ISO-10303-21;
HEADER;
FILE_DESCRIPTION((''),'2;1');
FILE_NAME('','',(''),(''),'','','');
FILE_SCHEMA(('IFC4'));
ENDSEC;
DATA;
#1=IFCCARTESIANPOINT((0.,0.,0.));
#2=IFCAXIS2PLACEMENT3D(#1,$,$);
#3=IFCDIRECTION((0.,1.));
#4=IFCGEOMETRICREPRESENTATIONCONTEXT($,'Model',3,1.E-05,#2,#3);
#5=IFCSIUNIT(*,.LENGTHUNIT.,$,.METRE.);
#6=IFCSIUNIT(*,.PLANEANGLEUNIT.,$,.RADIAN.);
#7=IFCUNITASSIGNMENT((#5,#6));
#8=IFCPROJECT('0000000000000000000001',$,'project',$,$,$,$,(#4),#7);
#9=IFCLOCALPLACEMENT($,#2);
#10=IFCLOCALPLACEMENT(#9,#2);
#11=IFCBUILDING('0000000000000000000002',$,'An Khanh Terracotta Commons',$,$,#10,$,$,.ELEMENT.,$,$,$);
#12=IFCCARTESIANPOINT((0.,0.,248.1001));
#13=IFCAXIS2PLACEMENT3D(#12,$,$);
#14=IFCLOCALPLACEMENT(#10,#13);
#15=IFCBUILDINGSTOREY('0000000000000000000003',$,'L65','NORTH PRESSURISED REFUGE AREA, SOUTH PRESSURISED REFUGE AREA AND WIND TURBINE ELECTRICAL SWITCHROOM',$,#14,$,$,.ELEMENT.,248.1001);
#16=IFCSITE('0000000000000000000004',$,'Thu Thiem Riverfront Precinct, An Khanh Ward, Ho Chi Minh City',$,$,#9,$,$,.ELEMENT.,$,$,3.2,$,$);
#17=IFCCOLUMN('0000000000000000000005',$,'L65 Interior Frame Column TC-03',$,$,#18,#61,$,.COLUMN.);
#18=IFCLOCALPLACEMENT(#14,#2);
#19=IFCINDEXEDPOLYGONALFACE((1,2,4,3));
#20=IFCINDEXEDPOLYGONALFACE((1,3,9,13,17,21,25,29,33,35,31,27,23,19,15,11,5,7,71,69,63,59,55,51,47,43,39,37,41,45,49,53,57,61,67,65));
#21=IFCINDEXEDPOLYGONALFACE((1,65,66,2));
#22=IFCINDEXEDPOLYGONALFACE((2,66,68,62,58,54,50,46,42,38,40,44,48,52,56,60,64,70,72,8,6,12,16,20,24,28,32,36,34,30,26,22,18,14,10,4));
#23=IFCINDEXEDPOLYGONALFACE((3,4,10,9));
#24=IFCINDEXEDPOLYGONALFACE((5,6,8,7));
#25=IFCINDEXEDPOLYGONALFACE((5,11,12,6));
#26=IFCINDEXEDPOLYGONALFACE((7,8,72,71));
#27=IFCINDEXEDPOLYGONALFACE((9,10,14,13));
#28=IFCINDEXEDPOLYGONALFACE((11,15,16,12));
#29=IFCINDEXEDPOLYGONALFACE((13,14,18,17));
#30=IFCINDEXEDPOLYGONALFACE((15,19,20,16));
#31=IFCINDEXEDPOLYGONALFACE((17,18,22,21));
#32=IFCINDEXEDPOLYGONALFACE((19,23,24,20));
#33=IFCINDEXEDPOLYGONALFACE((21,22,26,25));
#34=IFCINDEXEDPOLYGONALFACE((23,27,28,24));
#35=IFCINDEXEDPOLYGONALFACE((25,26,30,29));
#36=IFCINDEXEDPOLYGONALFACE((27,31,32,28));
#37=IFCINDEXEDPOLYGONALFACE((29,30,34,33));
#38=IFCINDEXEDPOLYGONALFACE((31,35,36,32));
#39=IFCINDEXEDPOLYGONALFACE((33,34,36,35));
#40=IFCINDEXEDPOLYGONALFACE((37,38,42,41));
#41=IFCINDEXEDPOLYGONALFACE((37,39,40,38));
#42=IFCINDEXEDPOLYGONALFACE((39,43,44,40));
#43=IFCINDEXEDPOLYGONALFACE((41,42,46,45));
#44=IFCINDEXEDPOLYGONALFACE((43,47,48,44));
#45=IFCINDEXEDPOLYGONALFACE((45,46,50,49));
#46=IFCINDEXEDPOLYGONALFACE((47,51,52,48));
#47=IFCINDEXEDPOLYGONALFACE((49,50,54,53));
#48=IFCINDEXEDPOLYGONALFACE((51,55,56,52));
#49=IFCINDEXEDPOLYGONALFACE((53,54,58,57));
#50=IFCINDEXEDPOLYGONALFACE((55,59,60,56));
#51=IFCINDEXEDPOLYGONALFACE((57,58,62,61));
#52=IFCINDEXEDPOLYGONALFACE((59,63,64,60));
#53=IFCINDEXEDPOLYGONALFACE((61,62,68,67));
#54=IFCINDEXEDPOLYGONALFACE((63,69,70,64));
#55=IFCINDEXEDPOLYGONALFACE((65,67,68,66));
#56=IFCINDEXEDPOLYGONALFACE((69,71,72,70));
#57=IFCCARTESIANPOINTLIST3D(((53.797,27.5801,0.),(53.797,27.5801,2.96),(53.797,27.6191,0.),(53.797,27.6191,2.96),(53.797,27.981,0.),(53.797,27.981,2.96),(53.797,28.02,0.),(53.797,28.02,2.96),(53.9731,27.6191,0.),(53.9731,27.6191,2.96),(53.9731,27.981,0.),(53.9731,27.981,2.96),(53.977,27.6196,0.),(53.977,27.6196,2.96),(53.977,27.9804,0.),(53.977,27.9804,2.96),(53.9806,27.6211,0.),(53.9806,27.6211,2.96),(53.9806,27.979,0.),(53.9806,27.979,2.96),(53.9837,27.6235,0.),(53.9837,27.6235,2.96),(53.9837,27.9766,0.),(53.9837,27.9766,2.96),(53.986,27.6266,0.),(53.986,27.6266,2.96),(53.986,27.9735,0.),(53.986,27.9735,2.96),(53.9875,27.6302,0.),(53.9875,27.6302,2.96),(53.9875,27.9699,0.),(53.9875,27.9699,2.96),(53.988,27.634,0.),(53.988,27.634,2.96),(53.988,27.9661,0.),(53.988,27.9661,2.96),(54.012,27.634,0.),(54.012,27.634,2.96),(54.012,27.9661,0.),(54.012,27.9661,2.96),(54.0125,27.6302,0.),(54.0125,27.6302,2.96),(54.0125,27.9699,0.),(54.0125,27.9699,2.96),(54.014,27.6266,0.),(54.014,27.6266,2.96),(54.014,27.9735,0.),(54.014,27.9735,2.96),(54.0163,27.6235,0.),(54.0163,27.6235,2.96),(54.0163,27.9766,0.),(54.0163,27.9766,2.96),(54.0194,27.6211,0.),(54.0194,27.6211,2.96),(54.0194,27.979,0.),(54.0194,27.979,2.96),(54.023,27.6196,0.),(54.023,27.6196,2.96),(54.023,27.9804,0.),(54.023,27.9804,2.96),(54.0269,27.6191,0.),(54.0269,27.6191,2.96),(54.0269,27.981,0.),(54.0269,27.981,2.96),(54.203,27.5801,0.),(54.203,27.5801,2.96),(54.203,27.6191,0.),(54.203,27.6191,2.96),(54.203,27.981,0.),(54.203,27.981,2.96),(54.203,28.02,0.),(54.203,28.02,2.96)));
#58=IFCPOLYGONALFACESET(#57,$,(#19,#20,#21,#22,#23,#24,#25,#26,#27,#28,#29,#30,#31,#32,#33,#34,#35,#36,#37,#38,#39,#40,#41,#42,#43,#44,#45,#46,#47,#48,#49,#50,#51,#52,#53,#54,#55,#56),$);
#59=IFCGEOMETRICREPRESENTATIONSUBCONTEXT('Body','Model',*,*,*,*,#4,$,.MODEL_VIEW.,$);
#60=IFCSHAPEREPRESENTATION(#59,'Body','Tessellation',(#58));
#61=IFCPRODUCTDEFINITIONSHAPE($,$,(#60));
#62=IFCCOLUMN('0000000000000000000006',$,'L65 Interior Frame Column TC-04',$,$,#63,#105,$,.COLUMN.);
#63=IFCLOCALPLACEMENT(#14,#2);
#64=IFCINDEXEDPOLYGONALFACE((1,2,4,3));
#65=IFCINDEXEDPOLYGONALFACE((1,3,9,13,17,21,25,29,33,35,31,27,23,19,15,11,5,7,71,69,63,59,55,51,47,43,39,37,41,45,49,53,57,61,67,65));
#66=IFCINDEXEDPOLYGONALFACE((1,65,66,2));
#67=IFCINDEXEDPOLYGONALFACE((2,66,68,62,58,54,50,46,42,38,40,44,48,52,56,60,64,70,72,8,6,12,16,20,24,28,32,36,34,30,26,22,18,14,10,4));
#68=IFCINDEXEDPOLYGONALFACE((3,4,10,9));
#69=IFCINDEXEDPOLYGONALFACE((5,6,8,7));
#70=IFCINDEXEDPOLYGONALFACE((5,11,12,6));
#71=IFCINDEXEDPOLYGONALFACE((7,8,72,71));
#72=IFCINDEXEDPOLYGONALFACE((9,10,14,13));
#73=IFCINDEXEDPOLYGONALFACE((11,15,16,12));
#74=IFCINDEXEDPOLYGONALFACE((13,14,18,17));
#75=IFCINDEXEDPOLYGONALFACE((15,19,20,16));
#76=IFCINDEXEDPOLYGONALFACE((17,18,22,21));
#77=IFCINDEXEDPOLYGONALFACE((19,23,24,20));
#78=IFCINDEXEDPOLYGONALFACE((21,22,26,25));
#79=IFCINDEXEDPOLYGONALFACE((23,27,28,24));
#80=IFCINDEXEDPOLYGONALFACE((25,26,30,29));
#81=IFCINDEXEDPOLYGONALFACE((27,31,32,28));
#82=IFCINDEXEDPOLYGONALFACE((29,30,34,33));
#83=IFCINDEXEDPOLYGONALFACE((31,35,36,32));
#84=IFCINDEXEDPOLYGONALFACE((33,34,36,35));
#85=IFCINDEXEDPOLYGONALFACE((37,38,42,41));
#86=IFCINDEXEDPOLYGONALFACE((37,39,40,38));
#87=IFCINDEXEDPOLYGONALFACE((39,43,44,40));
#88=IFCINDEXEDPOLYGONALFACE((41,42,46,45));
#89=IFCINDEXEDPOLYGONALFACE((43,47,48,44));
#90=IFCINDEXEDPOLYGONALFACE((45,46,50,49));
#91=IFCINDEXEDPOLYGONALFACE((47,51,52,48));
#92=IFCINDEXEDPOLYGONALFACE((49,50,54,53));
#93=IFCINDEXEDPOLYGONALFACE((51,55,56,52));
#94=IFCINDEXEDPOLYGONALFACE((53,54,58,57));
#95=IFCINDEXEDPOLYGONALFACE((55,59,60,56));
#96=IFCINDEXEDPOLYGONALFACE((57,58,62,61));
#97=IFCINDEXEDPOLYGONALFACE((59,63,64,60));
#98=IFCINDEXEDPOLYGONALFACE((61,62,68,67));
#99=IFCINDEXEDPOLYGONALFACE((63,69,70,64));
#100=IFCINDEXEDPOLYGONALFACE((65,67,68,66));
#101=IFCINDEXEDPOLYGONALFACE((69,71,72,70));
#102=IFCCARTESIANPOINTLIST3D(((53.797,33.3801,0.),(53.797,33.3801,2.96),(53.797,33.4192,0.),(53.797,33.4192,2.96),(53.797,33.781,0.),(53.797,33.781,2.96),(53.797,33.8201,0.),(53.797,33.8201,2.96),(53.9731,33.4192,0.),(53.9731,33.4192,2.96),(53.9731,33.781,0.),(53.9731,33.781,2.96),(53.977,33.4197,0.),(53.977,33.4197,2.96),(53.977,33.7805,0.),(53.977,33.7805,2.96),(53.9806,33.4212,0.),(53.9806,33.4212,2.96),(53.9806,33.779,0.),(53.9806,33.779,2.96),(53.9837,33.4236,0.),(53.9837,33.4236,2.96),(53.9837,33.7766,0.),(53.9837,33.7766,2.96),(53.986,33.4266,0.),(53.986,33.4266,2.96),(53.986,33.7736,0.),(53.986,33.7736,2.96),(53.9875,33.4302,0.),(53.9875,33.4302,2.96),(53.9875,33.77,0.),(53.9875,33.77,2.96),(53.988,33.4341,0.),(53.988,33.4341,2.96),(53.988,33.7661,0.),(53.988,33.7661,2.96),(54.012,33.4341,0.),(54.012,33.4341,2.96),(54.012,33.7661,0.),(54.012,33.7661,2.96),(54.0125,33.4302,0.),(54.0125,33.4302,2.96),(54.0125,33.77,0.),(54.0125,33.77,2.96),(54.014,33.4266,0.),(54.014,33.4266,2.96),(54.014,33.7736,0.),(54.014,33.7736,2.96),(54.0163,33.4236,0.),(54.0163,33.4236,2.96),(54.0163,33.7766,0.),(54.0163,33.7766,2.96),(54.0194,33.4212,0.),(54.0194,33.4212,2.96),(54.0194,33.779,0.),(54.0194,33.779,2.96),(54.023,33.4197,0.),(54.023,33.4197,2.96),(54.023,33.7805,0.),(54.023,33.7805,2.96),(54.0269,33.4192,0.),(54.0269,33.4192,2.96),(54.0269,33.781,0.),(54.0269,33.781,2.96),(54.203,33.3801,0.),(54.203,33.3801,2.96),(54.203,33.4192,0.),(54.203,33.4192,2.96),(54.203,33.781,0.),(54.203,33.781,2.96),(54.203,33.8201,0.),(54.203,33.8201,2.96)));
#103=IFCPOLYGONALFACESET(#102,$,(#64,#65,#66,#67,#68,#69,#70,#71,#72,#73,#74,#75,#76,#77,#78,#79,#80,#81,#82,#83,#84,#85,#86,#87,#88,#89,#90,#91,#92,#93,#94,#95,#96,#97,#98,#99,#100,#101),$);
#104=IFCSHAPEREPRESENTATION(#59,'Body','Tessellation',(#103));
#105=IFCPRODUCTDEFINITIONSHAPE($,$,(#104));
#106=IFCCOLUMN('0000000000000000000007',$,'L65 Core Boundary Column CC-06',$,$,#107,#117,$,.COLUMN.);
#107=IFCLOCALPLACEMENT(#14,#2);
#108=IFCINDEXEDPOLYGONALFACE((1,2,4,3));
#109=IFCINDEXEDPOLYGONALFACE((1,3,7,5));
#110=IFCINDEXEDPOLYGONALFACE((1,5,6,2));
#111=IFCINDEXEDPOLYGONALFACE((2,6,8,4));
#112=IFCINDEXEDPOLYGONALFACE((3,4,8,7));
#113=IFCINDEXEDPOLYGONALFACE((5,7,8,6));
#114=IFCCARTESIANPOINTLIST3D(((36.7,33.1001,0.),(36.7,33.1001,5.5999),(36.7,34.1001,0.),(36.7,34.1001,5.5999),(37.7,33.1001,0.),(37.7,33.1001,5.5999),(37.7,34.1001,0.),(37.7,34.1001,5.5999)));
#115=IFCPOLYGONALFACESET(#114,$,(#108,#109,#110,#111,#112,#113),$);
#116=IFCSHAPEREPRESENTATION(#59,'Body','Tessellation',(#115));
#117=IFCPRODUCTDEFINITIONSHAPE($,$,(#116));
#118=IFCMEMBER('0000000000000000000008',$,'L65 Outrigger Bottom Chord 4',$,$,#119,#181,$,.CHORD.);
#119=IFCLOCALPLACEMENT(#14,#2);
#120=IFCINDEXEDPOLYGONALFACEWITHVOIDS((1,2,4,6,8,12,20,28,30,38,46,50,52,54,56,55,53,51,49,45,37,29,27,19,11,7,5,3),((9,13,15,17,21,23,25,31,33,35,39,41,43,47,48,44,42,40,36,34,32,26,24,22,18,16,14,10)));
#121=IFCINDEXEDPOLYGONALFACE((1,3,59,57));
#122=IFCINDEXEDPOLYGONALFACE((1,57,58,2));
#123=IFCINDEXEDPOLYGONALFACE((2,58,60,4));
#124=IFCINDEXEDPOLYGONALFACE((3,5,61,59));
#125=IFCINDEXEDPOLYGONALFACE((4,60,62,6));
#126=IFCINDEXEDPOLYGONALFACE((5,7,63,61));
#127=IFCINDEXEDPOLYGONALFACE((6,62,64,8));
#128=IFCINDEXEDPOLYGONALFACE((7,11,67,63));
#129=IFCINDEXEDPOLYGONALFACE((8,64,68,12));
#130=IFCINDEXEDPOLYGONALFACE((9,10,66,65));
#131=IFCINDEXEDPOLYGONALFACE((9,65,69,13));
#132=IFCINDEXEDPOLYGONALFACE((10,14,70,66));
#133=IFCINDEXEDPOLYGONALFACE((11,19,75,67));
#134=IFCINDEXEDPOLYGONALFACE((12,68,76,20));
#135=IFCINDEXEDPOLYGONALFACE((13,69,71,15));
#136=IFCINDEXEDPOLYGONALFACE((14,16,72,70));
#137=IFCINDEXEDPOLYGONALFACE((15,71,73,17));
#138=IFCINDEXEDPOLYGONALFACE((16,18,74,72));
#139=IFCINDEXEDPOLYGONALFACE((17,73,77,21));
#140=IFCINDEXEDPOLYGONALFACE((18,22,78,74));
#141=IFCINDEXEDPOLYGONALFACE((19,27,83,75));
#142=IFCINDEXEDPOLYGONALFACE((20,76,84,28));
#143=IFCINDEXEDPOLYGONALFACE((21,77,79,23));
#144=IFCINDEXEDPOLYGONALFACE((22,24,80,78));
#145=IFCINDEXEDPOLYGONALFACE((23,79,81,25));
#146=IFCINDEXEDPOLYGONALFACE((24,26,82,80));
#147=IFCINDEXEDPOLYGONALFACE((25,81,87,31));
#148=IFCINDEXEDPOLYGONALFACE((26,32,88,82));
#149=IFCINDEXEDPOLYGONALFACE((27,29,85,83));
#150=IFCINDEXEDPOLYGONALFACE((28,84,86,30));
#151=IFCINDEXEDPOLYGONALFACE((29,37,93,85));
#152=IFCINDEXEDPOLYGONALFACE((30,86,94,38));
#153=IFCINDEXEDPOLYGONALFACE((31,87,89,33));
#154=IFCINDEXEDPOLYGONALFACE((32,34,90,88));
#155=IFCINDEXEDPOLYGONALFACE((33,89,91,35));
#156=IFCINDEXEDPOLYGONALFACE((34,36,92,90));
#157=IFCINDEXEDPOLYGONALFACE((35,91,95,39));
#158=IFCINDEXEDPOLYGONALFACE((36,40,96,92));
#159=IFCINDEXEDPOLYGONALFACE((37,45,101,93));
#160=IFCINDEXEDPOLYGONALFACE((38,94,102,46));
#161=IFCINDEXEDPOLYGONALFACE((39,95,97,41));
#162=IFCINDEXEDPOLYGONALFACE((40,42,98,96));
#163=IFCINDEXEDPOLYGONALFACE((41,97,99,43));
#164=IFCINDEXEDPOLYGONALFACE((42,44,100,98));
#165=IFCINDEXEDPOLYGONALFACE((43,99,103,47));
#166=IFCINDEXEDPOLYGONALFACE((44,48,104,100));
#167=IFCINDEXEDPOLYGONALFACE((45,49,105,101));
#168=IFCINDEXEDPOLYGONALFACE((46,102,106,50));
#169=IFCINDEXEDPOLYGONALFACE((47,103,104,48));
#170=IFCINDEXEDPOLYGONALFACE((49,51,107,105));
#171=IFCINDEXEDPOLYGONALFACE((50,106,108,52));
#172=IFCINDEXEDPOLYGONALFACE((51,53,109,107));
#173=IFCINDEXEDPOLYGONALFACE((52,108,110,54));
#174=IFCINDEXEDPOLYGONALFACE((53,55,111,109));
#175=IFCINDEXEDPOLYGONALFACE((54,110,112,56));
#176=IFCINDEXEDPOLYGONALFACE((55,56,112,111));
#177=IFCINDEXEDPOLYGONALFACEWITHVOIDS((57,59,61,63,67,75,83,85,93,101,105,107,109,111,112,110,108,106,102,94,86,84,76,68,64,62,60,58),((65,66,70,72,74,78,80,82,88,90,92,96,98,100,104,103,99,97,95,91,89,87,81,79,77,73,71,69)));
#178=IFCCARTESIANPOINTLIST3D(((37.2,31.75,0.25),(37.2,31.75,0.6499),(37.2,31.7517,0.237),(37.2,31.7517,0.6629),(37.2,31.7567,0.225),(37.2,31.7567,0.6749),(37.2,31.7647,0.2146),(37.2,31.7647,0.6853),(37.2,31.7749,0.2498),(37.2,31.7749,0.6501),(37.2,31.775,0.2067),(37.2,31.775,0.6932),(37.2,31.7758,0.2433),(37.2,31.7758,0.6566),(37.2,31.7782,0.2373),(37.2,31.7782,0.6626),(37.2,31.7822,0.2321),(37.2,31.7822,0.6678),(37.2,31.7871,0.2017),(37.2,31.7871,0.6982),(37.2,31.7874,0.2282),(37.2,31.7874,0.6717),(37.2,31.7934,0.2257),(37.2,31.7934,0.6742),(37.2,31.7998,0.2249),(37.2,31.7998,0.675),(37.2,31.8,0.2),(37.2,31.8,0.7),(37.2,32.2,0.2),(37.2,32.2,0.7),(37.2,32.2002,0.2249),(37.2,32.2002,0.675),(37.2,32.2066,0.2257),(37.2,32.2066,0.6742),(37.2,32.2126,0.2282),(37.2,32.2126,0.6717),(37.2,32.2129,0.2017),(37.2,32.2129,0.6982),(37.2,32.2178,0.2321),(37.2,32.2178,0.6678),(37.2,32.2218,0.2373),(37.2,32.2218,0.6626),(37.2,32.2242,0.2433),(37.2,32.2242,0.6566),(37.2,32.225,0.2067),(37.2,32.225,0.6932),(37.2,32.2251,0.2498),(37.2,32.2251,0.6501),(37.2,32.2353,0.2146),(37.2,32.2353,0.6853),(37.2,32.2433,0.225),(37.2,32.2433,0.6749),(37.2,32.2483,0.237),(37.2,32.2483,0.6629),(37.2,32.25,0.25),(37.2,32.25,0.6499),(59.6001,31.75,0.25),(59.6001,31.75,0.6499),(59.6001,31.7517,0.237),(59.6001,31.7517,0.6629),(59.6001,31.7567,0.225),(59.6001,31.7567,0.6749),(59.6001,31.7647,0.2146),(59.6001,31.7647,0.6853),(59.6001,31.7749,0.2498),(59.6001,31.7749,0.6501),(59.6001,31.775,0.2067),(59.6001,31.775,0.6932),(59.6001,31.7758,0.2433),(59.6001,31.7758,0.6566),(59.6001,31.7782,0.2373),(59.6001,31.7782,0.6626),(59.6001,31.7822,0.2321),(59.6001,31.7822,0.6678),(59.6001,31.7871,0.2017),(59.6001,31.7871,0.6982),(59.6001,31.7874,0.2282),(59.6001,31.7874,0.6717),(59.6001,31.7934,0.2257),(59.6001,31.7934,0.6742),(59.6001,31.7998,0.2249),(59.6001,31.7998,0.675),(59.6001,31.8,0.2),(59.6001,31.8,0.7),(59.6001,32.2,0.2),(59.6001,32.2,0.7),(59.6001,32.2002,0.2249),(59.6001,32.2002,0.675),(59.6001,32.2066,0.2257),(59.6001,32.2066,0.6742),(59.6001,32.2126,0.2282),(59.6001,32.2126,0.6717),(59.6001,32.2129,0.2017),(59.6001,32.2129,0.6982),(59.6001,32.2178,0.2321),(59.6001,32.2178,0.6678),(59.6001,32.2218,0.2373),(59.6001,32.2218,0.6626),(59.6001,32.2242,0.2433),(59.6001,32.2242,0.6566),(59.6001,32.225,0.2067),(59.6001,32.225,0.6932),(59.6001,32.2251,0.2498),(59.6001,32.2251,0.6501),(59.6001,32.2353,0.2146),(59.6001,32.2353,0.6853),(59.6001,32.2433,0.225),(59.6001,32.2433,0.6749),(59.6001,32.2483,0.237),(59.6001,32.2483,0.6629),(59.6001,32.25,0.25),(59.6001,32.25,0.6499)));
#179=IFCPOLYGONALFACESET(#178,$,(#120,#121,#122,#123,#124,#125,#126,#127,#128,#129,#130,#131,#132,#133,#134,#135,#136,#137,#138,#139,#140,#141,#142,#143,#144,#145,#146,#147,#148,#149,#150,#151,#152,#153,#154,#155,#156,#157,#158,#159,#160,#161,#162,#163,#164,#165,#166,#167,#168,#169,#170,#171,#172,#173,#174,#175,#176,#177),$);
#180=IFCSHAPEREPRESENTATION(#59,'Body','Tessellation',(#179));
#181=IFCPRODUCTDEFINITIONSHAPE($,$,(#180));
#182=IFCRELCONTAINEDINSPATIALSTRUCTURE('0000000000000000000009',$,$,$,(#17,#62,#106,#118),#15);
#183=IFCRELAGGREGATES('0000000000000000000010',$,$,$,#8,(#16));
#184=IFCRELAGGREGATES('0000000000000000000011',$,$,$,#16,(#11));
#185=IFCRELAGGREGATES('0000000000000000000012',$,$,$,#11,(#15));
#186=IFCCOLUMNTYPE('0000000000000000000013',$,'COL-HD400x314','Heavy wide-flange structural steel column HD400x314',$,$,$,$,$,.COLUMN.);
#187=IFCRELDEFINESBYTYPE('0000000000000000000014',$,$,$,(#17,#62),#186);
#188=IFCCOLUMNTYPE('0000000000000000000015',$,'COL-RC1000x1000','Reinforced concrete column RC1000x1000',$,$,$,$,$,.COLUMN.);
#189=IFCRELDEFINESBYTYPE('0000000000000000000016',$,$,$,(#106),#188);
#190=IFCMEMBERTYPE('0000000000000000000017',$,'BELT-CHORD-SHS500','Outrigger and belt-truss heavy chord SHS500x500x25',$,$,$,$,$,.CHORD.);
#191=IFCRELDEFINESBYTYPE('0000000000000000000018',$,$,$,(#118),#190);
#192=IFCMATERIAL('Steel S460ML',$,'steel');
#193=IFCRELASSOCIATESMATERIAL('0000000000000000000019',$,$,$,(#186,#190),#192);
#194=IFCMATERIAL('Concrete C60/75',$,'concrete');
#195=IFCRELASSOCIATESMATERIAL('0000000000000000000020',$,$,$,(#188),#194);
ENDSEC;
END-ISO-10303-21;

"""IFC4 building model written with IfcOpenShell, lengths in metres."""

from ifc_helpers import new_model, si_unit, direction, frame, origin, origin_2d, place, context, subcontext, project, spatial, rectangle, hollow_rectangle, i_section, extrude, material, material_profile, profile_set, type_object, element, save


model = new_model("IFC4")

# Units and contexts
model_context = context("Model", 3, precision=1e-05, world=origin(), true_north=direction((0.0, 1.0)))
body_context = subcontext(model_context, "Body", "Model", "MODEL_VIEW")
ifc_project = project(units=[si_unit("LENGTHUNIT", "METRE"), si_unit("PLANEANGLEUNIT", "RADIAN")], contexts=[model_context])

# Site, building, storey
site_placement = place(None, origin())
site = spatial("IfcSite", under=ifc_project, at=site_placement, Name="Thu Thiem Riverfront Precinct, An Khanh Ward, Ho Chi Minh City", CompositionType="ELEMENT", RefElevation=3.2)
building_placement = place(site_placement, origin())
building = spatial("IfcBuilding", under=site, at=building_placement, Name="An Khanh Terracotta Commons", CompositionType="ELEMENT")
storey_placement = place(building_placement, frame((0.0, 0.0, 248.1001)))
storey = spatial("IfcBuildingStorey", under=building, at=storey_placement, Name="L65", Description="NORTH PRESSURISED REFUGE AREA, SOUTH PRESSURISED REFUGE AREA AND WIND TURBINE ELECTRICAL SWITCHROOM", CompositionType="ELEMENT", Elevation=248.1001)

# Columns
ifc_material_1 = material(Name="Steel S460ML", Category="steel")
ifc_material_profile_1 = material_profile(ifc_material_1, i_section(OverallWidth=0.406, OverallDepth=0.4399, WebThickness=0.0239, FlangeThickness=0.0391, FilletRadius=0.0149, at=origin_2d()), Name="HD400x314")
ifc_profile_set_1 = profile_set([ifc_material_profile_1], Name="Steel S460ML")
column_type_1 = type_object("IfcColumnType", Name="COL-HD400x314", Description="Heavy wide-flange structural steel column HD400x314", PredefinedType="COLUMN", material=ifc_profile_set_1)
for number, where, z_axis, x_axis, name in (
    (1, (54.0, 27.8, 0.0), (0.0, 0.0, 1.0), (1.0, 0.0, 0.0), "L65 Interior Frame Column TC-03"),
    (2, (54.0, 33.6001, 0.0), (0.0, 0.0, 1.0), (1.0, 0.0, 0.0), "L65 Interior Frame Column TC-04"),
):
    element("IfcColumn", number, at=place(storey_placement, frame(where, z_axis=z_axis, x_axis=x_axis)), inside=storey, type_object=column_type_1, Name=name, PredefinedType="COLUMN", context=body_context, shape_type="SweptSolid", body=[
        extrude(i_section(OverallWidth=0.406, OverallDepth=0.4399, WebThickness=0.0239, FlangeThickness=0.0391, FilletRadius=0.0149, at=origin_2d()), origin(), (0.0, 0.0, 1.0), 2.96),
    ])
ifc_material_2 = material(Name="Concrete C60/75", Category="concrete")
ifc_material_profile_2 = material_profile(ifc_material_2, rectangle(XDim=1.0, YDim=1.0, at=origin_2d()), Name="RC1000x1000")
ifc_profile_set_2 = profile_set([ifc_material_profile_2], Name="Concrete C60/75")
column_type_2 = type_object("IfcColumnType", Name="COL-RC1000x1000", Description="Reinforced concrete column RC1000x1000", PredefinedType="COLUMN", material=ifc_profile_set_2)
column_placement = place(storey_placement, frame((37.2, 33.6001, 0.0), z_axis=(0.0, 0.0, 1.0), x_axis=(1.0, 0.0, 0.0)))
element("IfcColumn", 3, at=column_placement, inside=storey, type_object=column_type_2, Name="L65 Core Boundary Column CC-06", PredefinedType="COLUMN", context=body_context, shape_type="SweptSolid", body=[
    extrude(rectangle(XDim=1.0, YDim=1.0, at=origin_2d()), origin(), (0.0, 0.0, 1.0), 5.5999),
])

# Member
ifc_material_profile_3 = material_profile(ifc_material_1, hollow_rectangle(XDim=0.5, YDim=0.5, WallThickness=0.0249, InnerFilletRadius=0.0249, OuterFilletRadius=0.05, at=origin_2d()), Name="SHS500x500x25")
ifc_profile_set_3 = profile_set([ifc_material_profile_3], Name="Steel S460ML")
member_type_1 = type_object("IfcMemberType", Name="BELT-CHORD-SHS500", Description="Outrigger and belt-truss heavy chord SHS500x500x25", PredefinedType="CHORD", material=ifc_profile_set_3)
member_1_placement = place(storey_placement, frame((37.2, 32.0, 0.45), z_axis=(1.0, 0.0, 0.0), x_axis=(0.0, 1.0, 0.0)))
element("IfcMember", 4, at=member_1_placement, inside=storey, type_object=member_type_1, Name="L65 Outrigger Bottom Chord 4", PredefinedType="CHORD", context=body_context, shape_type="SweptSolid", body=[
    extrude(hollow_rectangle(XDim=0.5, YDim=0.5, WallThickness=0.0249, InnerFilletRadius=0.0249, OuterFilletRadius=0.05, at=origin_2d()), origin(), (0.0, 0.0, 1.0), 22.4001),
])

save(model, "model.ifc")
